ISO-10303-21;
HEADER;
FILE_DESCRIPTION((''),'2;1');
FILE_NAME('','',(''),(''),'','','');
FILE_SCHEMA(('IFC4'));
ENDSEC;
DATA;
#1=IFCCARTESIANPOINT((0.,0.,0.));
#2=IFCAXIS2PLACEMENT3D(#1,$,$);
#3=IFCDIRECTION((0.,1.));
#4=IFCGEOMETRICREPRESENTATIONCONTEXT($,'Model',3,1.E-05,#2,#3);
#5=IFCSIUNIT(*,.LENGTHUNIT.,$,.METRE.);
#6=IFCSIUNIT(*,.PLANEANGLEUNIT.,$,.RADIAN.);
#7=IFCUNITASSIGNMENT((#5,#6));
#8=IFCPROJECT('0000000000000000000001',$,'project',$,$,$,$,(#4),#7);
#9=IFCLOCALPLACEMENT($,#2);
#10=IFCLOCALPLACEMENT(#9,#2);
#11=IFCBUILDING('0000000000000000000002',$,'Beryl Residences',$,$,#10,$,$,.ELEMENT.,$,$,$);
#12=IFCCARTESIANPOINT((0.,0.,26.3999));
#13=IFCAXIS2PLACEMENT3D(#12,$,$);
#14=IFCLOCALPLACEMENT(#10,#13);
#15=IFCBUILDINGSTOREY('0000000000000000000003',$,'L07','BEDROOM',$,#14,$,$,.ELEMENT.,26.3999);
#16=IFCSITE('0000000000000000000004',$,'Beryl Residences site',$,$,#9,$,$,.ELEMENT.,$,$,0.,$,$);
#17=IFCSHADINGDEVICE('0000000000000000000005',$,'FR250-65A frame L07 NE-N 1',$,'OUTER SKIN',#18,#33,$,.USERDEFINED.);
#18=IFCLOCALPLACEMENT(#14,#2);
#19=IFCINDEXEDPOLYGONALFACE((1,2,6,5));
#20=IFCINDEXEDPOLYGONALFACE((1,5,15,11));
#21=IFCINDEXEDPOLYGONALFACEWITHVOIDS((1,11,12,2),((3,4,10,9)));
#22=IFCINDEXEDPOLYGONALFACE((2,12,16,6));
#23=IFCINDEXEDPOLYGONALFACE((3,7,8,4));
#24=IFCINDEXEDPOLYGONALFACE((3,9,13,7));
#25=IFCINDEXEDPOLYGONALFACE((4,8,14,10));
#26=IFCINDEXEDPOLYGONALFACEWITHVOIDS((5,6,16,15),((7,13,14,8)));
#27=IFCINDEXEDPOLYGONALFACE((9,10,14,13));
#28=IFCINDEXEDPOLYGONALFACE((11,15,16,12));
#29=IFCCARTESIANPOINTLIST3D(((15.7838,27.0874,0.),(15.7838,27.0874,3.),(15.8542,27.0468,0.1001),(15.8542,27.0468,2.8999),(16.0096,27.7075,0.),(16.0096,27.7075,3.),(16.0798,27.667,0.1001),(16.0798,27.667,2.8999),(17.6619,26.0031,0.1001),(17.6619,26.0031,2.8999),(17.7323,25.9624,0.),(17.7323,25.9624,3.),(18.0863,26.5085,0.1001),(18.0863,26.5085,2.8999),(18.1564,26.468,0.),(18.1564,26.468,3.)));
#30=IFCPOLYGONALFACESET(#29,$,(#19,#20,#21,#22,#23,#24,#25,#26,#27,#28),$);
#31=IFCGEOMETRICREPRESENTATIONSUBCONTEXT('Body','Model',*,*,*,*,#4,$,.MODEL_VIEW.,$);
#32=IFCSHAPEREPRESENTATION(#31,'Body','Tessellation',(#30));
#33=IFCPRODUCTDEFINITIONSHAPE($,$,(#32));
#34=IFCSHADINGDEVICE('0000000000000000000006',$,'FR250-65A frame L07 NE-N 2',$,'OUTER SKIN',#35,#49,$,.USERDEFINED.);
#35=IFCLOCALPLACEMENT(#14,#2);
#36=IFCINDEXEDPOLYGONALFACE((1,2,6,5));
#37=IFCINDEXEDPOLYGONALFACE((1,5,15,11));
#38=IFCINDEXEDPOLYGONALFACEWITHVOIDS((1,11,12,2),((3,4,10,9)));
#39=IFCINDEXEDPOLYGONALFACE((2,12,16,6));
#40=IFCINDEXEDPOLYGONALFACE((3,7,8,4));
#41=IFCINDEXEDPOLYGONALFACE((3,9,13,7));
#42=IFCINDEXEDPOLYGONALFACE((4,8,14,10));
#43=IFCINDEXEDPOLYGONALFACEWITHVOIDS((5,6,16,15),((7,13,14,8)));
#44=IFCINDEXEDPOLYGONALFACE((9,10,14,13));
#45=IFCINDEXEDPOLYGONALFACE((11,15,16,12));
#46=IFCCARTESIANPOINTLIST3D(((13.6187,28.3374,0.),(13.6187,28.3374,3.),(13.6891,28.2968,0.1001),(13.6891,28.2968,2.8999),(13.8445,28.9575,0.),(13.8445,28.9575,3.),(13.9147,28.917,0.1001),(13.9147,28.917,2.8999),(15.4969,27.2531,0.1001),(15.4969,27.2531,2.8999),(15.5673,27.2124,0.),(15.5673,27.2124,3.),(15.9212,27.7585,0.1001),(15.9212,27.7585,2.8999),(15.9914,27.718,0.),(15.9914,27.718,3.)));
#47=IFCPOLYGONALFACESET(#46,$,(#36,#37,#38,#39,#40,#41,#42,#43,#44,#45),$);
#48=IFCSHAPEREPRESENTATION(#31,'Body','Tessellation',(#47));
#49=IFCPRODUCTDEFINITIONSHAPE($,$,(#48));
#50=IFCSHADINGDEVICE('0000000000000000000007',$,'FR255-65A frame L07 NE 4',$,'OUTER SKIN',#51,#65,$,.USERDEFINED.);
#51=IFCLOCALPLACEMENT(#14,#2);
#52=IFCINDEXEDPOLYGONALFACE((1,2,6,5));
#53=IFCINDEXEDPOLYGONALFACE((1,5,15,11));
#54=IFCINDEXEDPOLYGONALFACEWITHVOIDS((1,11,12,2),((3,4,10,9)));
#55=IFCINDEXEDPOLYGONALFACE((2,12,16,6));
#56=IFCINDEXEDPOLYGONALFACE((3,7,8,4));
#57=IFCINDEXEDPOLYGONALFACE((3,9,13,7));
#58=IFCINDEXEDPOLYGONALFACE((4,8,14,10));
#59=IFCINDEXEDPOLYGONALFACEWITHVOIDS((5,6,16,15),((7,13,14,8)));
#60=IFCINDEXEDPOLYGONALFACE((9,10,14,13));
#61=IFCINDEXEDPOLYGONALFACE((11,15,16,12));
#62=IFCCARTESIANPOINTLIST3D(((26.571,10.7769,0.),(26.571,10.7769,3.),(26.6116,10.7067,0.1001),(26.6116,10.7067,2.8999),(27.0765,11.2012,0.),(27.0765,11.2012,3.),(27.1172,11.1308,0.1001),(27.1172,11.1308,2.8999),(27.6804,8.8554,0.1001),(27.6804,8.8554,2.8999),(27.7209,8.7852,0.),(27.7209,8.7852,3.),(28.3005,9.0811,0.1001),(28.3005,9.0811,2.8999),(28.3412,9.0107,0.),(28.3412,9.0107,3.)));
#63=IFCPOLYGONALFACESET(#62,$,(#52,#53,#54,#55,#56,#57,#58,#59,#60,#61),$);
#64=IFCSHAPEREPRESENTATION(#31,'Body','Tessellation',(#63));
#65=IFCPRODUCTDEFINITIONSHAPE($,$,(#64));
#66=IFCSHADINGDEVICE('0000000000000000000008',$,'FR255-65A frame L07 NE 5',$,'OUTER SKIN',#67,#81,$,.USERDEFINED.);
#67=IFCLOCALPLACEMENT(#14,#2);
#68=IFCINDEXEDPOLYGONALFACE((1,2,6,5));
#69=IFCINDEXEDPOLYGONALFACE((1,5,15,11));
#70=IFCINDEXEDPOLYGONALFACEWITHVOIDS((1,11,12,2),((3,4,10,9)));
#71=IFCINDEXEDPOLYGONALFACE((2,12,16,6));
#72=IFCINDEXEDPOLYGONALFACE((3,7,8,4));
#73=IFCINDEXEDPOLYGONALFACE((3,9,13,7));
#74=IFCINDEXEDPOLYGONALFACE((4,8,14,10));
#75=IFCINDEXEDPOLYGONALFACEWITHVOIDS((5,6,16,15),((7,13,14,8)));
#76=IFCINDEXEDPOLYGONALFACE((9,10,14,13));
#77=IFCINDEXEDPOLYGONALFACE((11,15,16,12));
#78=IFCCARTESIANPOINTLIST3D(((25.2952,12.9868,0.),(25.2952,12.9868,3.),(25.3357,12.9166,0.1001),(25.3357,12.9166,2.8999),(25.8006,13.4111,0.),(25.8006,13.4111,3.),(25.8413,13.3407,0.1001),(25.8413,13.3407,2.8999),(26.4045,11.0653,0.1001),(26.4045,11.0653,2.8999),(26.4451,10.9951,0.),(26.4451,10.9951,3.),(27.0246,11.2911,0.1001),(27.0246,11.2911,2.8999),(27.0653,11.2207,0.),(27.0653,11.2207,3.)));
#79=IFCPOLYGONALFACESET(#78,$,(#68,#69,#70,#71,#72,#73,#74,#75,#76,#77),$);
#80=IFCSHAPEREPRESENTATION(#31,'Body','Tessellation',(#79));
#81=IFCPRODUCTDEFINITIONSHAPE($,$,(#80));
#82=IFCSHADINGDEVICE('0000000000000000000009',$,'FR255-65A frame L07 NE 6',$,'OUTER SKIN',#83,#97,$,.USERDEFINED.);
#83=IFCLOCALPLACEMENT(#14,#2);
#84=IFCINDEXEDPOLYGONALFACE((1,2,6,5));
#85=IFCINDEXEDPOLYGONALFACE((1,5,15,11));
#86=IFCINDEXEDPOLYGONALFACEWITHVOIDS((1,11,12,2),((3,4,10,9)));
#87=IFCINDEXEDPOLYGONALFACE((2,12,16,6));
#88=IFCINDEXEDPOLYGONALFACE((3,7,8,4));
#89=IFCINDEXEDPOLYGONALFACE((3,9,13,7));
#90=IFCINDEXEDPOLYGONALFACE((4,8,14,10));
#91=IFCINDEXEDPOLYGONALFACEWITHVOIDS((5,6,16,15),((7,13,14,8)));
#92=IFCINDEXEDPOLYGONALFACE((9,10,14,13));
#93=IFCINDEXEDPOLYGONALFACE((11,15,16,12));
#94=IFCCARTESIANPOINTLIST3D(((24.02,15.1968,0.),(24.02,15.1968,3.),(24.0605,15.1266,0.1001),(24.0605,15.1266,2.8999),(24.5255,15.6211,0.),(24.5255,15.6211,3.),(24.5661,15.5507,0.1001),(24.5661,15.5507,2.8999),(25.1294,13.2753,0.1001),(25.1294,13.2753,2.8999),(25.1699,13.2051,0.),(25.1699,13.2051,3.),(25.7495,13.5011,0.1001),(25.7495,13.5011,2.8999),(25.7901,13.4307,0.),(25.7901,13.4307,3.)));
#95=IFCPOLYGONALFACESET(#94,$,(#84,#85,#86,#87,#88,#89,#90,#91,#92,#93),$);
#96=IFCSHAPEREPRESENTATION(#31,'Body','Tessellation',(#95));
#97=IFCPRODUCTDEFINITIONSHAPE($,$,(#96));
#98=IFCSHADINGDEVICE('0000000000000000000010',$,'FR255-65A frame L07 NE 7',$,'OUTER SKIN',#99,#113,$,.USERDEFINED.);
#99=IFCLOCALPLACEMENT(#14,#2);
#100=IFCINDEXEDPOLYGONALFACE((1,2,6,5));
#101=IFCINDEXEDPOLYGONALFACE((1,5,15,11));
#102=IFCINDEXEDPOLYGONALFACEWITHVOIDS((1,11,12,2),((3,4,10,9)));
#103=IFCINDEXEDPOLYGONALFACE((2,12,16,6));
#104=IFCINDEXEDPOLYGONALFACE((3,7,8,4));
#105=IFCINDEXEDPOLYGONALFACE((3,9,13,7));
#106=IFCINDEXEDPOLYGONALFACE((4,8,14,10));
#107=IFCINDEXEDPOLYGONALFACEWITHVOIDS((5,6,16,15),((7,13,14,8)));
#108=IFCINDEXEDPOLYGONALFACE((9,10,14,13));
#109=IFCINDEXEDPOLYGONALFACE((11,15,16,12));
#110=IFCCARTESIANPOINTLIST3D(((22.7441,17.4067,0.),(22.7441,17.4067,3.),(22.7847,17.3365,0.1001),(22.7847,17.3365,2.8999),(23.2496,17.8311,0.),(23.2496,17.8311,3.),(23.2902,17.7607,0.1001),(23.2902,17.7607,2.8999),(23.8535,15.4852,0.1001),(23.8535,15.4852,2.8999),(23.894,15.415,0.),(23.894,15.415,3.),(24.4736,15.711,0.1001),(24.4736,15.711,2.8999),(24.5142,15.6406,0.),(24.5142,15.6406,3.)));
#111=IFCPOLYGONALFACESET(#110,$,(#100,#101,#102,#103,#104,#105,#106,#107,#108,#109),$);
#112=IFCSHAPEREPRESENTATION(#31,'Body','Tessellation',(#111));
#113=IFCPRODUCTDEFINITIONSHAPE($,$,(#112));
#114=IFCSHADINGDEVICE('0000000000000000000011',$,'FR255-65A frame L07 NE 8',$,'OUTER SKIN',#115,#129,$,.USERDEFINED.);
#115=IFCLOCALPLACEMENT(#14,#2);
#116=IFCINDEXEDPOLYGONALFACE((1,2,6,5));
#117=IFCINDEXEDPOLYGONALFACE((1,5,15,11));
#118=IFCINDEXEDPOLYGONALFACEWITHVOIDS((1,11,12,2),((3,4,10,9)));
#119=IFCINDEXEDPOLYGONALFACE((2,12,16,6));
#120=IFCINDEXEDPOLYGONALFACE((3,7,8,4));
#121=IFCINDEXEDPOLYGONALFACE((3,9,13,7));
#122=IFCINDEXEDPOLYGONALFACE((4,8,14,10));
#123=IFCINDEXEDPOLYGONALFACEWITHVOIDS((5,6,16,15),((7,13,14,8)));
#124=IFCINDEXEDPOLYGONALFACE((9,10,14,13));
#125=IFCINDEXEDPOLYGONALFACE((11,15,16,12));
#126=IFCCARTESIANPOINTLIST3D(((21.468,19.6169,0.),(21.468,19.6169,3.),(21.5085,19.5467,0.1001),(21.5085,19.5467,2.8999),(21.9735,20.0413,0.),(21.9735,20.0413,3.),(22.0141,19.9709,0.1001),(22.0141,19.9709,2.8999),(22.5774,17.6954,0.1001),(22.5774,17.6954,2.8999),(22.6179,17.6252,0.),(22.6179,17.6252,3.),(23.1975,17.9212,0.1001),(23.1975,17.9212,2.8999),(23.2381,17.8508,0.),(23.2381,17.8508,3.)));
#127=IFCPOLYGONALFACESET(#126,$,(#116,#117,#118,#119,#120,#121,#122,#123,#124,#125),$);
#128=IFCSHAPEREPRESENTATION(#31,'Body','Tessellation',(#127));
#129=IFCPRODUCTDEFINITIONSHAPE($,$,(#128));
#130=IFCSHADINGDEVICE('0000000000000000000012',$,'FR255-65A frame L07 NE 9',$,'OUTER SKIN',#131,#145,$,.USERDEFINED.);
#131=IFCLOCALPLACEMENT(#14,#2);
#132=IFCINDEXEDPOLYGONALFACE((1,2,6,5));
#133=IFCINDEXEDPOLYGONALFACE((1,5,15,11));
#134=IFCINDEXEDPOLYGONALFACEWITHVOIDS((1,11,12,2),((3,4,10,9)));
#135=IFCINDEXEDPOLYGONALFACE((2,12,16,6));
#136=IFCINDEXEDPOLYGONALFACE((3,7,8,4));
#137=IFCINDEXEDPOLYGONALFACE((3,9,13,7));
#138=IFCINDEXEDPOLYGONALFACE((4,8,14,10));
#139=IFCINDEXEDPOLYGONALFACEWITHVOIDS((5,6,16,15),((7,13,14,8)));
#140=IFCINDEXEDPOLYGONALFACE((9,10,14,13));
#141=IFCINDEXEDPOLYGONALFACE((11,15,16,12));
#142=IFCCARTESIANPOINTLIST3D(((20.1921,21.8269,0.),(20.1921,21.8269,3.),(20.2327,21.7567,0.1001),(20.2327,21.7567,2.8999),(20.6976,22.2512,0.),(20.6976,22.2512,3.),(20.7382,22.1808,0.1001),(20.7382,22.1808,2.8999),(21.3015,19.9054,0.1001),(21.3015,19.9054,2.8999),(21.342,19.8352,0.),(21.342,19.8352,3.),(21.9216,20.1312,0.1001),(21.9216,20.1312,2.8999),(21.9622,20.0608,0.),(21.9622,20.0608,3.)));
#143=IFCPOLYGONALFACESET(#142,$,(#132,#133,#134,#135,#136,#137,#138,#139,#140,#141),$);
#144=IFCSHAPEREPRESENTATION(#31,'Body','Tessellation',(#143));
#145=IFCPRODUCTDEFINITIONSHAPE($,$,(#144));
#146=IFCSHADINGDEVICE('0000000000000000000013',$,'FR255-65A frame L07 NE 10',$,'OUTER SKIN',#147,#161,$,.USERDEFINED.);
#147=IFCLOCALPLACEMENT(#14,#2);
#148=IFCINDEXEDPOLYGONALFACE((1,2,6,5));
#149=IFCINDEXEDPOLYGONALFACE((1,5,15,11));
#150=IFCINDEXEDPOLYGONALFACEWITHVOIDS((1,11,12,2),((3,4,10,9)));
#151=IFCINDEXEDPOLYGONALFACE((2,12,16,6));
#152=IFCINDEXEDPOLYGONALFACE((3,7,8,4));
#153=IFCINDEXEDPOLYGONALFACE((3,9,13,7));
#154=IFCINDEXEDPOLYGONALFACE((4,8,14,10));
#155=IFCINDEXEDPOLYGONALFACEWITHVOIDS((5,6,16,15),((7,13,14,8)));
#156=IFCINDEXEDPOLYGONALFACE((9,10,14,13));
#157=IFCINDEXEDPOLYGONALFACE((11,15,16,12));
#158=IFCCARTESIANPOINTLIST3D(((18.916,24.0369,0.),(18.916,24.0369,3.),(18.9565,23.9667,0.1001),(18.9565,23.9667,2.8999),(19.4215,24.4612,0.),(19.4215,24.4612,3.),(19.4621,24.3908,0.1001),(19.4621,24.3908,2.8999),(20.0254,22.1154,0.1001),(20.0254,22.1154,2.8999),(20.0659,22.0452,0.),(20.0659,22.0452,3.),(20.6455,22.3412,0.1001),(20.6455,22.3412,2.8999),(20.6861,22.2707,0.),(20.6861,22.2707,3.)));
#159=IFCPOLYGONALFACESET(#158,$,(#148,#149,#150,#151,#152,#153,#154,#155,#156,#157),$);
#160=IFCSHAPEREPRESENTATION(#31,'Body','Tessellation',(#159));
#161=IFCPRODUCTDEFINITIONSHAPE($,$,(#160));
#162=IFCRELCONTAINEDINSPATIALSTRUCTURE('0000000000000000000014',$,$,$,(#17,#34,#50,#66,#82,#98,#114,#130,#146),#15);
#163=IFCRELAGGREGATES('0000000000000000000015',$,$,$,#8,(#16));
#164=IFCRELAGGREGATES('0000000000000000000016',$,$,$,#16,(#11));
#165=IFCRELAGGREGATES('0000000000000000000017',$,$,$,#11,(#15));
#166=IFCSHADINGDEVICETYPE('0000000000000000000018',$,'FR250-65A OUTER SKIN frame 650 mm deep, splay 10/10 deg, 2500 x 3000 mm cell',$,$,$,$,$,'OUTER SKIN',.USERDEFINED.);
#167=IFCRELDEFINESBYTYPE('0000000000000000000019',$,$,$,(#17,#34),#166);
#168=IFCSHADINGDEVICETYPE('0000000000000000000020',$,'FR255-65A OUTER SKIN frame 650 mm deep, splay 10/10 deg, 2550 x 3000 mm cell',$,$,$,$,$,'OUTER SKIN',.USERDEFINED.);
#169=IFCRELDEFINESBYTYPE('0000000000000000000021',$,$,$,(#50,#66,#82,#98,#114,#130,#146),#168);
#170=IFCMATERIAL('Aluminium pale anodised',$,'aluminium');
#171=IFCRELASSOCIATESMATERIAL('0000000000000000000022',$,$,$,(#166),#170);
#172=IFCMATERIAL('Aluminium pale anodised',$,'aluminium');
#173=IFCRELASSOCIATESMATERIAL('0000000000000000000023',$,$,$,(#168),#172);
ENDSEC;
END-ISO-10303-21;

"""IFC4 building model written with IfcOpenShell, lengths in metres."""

from ifc_helpers import new_model, entity, si_unit, direction, frame, origin, place, context, subcontext, project, spatial, source, transform, mapped, material, type_object, type_shapes, element, save


model = new_model("IFC4")

# Units and contexts
model_context = context("Model", 3, precision=1e-05, world=origin(), true_north=direction((0.0, 1.0)))
body_context = subcontext(model_context, "Body", "Model", "MODEL_VIEW")
ifc_project = project(units=[si_unit("LENGTHUNIT", "METRE"), si_unit("PLANEANGLEUNIT", "RADIAN")], contexts=[model_context])

# Site, building, storey
site_placement = place(None, origin())
site = spatial("IfcSite", under=ifc_project, at=site_placement, Name="Beryl Residences site", CompositionType="ELEMENT", RefElevation=0.0)
building_placement = place(site_placement, origin())
building = spatial("IfcBuilding", under=site, at=building_placement, Name="Beryl Residences", CompositionType="ELEMENT")
storey_placement = place(building_placement, frame((0.0, 0.0, 26.3999)))
storey = spatial("IfcBuildingStorey", under=building, at=storey_placement, Name="L07", Description="BEDROOM", CompositionType="ELEMENT", Elevation=26.3999)

# Shading devices
ifc_material_1 = material(Name="Aluminium pale anodised", Category="aluminium")
shading_device_type_1 = type_object("IfcShadingDeviceType", Name="FR250-65A OUTER SKIN frame 650 mm deep, splay 10/10 deg, 2500 x 3000 mm cell", ElementType="OUTER SKIN", PredefinedType="USERDEFINED", material=ifc_material_1)
cartesian_point_1 = entity("IfcCartesianPoint", [-1.125, 0.0])
cartesian_point_2 = entity("IfcCartesianPoint", [-1.0437, 0.1001])
cartesian_point_3 = entity("IfcCartesianPoint", [-1.2395, 0.0])
cartesian_point_4 = entity("IfcCartesianPoint", [-1.1584, 0.1001])
shared_shape_1 = source(origin(), body_context, "Body", "SweptSolid", [
    entity("IfcExtrudedAreaSolidTapered", entity("IfcArbitraryProfileDefWithVoids", "AREA", None, entity("IfcPolyline", [cartesian_point_1, entity("IfcCartesianPoint", [1.125, 0.0]), entity("IfcCartesianPoint", [1.125, 3.0]), entity("IfcCartesianPoint", [-1.125, 3.0]), cartesian_point_1]), [entity("IfcPolyline", [cartesian_point_2, entity("IfcCartesianPoint", [1.0437, 0.1001]), entity("IfcCartesianPoint", [1.0437, 2.8999]), entity("IfcCartesianPoint", [-1.0437, 2.8999]), cartesian_point_2])]), entity("IfcAxis2Placement3D", entity("IfcCartesianPoint", [0.0, 0.0, 0.0]), entity("IfcDirection", [0.0, 1.0, 0.0]), entity("IfcDirection", [-1.0, 0.0, 0.0])), entity("IfcDirection", [0.0, 0.0, 1.0]), 0.6499, entity("IfcArbitraryProfileDefWithVoids", "AREA", None, entity("IfcPolyline", [cartesian_point_3, entity("IfcCartesianPoint", [1.2395, 0.0]), entity("IfcCartesianPoint", [1.2395, 3.0]), entity("IfcCartesianPoint", [-1.2395, 3.0]), cartesian_point_3]), [entity("IfcPolyline", [cartesian_point_4, entity("IfcCartesianPoint", [1.1584, 0.1001]), entity("IfcCartesianPoint", [1.1584, 2.8999]), entity("IfcCartesianPoint", [-1.1584, 2.8999]), cartesian_point_4])])),
])
type_shapes(shading_device_type_1, [shared_shape_1])
for number, where, z_axis, x_axis, name in (
    (1, (16.7581, 26.5249, 0.0), (0.0, 0.0, 1.0), (0.866025, -0.5, 0.0), "FR250-65A frame L07 NE-N 1"),
    (2, (14.593, 27.7749, 0.0), (0.0, 0.0, 1.0), (0.866025, -0.5, 0.0), "FR250-65A frame L07 NE-N 2"),
):
    element("IfcShadingDevice", number, at=place(storey_placement, frame(where, z_axis=z_axis, x_axis=x_axis)), inside=storey, type_object=shading_device_type_1, Name=name, ObjectType="OUTER SKIN", PredefinedType="USERDEFINED", context=body_context, shape_type="MappedRepresentation", body=[
        mapped(shared_shape_1, transform((0.0, 0.0, 0.0))),
    ])
ifc_material_2 = material(Name="Aluminium pale anodised", Category="aluminium")
shading_device_type_2 = type_object("IfcShadingDeviceType", Name="FR255-65A OUTER SKIN frame 650 mm deep, splay 10/10 deg, 2550 x 3000 mm cell", ElementType="OUTER SKIN", PredefinedType="USERDEFINED", material=ifc_material_2)
cartesian_point_5 = entity("IfcCartesianPoint", [-1.1499, 0.0])
cartesian_point_6 = entity("IfcCartesianPoint", [-1.0688, 0.1001])
cartesian_point_7 = entity("IfcCartesianPoint", [-1.2646, 0.0])
cartesian_point_8 = entity("IfcCartesianPoint", [-1.1833, 0.1001])
shared_shape_2 = source(origin(), body_context, "Body", "SweptSolid", [
    entity("IfcExtrudedAreaSolidTapered", entity("IfcArbitraryProfileDefWithVoids", "AREA", None, entity("IfcPolyline", [cartesian_point_5, entity("IfcCartesianPoint", [1.1499, 0.0]), entity("IfcCartesianPoint", [1.1499, 3.0]), entity("IfcCartesianPoint", [-1.1499, 3.0]), cartesian_point_5]), [entity("IfcPolyline", [cartesian_point_6, entity("IfcCartesianPoint", [1.0688, 0.1001]), entity("IfcCartesianPoint", [1.0688, 2.8999]), entity("IfcCartesianPoint", [-1.0688, 2.8999]), cartesian_point_6])]), entity("IfcAxis2Placement3D", entity("IfcCartesianPoint", [0.0, 0.0, 0.0]), entity("IfcDirection", [0.0, 1.0, 0.0]), entity("IfcDirection", [-1.0, 0.0, 0.0])), entity("IfcDirection", [0.0, 0.0, 1.0]), 0.6499, entity("IfcArbitraryProfileDefWithVoids", "AREA", None, entity("IfcPolyline", [cartesian_point_7, entity("IfcCartesianPoint", [1.2646, 0.0]), entity("IfcCartesianPoint", [1.2646, 3.0]), entity("IfcCartesianPoint", [-1.2646, 3.0]), cartesian_point_7]), [entity("IfcPolyline", [cartesian_point_8, entity("IfcCartesianPoint", [1.1833, 0.1001]), entity("IfcCartesianPoint", [1.1833, 2.8999]), entity("IfcCartesianPoint", [-1.1833, 2.8999]), cartesian_point_8])])),
])
type_shapes(shading_device_type_2, [shared_shape_2])
for number, where, z_axis, x_axis, name in (
    (3, (27.146, 9.781, 0.0), (0.0, 0.0, 1.0), (0.5, -0.866025, 0.0), "FR255-65A frame L07 NE 4"),
    (4, (25.8701, 11.991, 0.0), (0.0, 0.0, 1.0), (0.5, -0.866025, 0.0), "FR255-65A frame L07 NE 5"),
    (5, (24.595, 14.2009, 0.0), (0.0, 0.0, 1.0), (0.5, -0.866025, 0.0), "FR255-65A frame L07 NE 6"),
    (6, (23.3191, 16.4109, 0.0), (0.0, 0.0, 1.0), (0.5, -0.866025, 0.0), "FR255-65A frame L07 NE 7"),
    (7, (22.043, 18.6211, 0.0), (0.0, 0.0, 1.0), (0.5, -0.866025, 0.0), "FR255-65A frame L07 NE 8"),
    (8, (20.7671, 20.8311, 0.0), (0.0, 0.0, 1.0), (0.5, -0.866025, 0.0), "FR255-65A frame L07 NE 9"),
    (9, (19.491, 23.041, 0.0), (0.0, 0.0, 1.0), (0.5, -0.866025, 0.0), "FR255-65A frame L07 NE 10"),
):
    element("IfcShadingDevice", number, at=place(storey_placement, frame(where, z_axis=z_axis, x_axis=x_axis)), inside=storey, type_object=shading_device_type_2, Name=name, ObjectType="OUTER SKIN", PredefinedType="USERDEFINED", context=body_context, shape_type="MappedRepresentation", body=[
        mapped(shared_shape_2, transform((0.0, 0.0, 0.0))),
    ])

save(model, "model.ifc")
